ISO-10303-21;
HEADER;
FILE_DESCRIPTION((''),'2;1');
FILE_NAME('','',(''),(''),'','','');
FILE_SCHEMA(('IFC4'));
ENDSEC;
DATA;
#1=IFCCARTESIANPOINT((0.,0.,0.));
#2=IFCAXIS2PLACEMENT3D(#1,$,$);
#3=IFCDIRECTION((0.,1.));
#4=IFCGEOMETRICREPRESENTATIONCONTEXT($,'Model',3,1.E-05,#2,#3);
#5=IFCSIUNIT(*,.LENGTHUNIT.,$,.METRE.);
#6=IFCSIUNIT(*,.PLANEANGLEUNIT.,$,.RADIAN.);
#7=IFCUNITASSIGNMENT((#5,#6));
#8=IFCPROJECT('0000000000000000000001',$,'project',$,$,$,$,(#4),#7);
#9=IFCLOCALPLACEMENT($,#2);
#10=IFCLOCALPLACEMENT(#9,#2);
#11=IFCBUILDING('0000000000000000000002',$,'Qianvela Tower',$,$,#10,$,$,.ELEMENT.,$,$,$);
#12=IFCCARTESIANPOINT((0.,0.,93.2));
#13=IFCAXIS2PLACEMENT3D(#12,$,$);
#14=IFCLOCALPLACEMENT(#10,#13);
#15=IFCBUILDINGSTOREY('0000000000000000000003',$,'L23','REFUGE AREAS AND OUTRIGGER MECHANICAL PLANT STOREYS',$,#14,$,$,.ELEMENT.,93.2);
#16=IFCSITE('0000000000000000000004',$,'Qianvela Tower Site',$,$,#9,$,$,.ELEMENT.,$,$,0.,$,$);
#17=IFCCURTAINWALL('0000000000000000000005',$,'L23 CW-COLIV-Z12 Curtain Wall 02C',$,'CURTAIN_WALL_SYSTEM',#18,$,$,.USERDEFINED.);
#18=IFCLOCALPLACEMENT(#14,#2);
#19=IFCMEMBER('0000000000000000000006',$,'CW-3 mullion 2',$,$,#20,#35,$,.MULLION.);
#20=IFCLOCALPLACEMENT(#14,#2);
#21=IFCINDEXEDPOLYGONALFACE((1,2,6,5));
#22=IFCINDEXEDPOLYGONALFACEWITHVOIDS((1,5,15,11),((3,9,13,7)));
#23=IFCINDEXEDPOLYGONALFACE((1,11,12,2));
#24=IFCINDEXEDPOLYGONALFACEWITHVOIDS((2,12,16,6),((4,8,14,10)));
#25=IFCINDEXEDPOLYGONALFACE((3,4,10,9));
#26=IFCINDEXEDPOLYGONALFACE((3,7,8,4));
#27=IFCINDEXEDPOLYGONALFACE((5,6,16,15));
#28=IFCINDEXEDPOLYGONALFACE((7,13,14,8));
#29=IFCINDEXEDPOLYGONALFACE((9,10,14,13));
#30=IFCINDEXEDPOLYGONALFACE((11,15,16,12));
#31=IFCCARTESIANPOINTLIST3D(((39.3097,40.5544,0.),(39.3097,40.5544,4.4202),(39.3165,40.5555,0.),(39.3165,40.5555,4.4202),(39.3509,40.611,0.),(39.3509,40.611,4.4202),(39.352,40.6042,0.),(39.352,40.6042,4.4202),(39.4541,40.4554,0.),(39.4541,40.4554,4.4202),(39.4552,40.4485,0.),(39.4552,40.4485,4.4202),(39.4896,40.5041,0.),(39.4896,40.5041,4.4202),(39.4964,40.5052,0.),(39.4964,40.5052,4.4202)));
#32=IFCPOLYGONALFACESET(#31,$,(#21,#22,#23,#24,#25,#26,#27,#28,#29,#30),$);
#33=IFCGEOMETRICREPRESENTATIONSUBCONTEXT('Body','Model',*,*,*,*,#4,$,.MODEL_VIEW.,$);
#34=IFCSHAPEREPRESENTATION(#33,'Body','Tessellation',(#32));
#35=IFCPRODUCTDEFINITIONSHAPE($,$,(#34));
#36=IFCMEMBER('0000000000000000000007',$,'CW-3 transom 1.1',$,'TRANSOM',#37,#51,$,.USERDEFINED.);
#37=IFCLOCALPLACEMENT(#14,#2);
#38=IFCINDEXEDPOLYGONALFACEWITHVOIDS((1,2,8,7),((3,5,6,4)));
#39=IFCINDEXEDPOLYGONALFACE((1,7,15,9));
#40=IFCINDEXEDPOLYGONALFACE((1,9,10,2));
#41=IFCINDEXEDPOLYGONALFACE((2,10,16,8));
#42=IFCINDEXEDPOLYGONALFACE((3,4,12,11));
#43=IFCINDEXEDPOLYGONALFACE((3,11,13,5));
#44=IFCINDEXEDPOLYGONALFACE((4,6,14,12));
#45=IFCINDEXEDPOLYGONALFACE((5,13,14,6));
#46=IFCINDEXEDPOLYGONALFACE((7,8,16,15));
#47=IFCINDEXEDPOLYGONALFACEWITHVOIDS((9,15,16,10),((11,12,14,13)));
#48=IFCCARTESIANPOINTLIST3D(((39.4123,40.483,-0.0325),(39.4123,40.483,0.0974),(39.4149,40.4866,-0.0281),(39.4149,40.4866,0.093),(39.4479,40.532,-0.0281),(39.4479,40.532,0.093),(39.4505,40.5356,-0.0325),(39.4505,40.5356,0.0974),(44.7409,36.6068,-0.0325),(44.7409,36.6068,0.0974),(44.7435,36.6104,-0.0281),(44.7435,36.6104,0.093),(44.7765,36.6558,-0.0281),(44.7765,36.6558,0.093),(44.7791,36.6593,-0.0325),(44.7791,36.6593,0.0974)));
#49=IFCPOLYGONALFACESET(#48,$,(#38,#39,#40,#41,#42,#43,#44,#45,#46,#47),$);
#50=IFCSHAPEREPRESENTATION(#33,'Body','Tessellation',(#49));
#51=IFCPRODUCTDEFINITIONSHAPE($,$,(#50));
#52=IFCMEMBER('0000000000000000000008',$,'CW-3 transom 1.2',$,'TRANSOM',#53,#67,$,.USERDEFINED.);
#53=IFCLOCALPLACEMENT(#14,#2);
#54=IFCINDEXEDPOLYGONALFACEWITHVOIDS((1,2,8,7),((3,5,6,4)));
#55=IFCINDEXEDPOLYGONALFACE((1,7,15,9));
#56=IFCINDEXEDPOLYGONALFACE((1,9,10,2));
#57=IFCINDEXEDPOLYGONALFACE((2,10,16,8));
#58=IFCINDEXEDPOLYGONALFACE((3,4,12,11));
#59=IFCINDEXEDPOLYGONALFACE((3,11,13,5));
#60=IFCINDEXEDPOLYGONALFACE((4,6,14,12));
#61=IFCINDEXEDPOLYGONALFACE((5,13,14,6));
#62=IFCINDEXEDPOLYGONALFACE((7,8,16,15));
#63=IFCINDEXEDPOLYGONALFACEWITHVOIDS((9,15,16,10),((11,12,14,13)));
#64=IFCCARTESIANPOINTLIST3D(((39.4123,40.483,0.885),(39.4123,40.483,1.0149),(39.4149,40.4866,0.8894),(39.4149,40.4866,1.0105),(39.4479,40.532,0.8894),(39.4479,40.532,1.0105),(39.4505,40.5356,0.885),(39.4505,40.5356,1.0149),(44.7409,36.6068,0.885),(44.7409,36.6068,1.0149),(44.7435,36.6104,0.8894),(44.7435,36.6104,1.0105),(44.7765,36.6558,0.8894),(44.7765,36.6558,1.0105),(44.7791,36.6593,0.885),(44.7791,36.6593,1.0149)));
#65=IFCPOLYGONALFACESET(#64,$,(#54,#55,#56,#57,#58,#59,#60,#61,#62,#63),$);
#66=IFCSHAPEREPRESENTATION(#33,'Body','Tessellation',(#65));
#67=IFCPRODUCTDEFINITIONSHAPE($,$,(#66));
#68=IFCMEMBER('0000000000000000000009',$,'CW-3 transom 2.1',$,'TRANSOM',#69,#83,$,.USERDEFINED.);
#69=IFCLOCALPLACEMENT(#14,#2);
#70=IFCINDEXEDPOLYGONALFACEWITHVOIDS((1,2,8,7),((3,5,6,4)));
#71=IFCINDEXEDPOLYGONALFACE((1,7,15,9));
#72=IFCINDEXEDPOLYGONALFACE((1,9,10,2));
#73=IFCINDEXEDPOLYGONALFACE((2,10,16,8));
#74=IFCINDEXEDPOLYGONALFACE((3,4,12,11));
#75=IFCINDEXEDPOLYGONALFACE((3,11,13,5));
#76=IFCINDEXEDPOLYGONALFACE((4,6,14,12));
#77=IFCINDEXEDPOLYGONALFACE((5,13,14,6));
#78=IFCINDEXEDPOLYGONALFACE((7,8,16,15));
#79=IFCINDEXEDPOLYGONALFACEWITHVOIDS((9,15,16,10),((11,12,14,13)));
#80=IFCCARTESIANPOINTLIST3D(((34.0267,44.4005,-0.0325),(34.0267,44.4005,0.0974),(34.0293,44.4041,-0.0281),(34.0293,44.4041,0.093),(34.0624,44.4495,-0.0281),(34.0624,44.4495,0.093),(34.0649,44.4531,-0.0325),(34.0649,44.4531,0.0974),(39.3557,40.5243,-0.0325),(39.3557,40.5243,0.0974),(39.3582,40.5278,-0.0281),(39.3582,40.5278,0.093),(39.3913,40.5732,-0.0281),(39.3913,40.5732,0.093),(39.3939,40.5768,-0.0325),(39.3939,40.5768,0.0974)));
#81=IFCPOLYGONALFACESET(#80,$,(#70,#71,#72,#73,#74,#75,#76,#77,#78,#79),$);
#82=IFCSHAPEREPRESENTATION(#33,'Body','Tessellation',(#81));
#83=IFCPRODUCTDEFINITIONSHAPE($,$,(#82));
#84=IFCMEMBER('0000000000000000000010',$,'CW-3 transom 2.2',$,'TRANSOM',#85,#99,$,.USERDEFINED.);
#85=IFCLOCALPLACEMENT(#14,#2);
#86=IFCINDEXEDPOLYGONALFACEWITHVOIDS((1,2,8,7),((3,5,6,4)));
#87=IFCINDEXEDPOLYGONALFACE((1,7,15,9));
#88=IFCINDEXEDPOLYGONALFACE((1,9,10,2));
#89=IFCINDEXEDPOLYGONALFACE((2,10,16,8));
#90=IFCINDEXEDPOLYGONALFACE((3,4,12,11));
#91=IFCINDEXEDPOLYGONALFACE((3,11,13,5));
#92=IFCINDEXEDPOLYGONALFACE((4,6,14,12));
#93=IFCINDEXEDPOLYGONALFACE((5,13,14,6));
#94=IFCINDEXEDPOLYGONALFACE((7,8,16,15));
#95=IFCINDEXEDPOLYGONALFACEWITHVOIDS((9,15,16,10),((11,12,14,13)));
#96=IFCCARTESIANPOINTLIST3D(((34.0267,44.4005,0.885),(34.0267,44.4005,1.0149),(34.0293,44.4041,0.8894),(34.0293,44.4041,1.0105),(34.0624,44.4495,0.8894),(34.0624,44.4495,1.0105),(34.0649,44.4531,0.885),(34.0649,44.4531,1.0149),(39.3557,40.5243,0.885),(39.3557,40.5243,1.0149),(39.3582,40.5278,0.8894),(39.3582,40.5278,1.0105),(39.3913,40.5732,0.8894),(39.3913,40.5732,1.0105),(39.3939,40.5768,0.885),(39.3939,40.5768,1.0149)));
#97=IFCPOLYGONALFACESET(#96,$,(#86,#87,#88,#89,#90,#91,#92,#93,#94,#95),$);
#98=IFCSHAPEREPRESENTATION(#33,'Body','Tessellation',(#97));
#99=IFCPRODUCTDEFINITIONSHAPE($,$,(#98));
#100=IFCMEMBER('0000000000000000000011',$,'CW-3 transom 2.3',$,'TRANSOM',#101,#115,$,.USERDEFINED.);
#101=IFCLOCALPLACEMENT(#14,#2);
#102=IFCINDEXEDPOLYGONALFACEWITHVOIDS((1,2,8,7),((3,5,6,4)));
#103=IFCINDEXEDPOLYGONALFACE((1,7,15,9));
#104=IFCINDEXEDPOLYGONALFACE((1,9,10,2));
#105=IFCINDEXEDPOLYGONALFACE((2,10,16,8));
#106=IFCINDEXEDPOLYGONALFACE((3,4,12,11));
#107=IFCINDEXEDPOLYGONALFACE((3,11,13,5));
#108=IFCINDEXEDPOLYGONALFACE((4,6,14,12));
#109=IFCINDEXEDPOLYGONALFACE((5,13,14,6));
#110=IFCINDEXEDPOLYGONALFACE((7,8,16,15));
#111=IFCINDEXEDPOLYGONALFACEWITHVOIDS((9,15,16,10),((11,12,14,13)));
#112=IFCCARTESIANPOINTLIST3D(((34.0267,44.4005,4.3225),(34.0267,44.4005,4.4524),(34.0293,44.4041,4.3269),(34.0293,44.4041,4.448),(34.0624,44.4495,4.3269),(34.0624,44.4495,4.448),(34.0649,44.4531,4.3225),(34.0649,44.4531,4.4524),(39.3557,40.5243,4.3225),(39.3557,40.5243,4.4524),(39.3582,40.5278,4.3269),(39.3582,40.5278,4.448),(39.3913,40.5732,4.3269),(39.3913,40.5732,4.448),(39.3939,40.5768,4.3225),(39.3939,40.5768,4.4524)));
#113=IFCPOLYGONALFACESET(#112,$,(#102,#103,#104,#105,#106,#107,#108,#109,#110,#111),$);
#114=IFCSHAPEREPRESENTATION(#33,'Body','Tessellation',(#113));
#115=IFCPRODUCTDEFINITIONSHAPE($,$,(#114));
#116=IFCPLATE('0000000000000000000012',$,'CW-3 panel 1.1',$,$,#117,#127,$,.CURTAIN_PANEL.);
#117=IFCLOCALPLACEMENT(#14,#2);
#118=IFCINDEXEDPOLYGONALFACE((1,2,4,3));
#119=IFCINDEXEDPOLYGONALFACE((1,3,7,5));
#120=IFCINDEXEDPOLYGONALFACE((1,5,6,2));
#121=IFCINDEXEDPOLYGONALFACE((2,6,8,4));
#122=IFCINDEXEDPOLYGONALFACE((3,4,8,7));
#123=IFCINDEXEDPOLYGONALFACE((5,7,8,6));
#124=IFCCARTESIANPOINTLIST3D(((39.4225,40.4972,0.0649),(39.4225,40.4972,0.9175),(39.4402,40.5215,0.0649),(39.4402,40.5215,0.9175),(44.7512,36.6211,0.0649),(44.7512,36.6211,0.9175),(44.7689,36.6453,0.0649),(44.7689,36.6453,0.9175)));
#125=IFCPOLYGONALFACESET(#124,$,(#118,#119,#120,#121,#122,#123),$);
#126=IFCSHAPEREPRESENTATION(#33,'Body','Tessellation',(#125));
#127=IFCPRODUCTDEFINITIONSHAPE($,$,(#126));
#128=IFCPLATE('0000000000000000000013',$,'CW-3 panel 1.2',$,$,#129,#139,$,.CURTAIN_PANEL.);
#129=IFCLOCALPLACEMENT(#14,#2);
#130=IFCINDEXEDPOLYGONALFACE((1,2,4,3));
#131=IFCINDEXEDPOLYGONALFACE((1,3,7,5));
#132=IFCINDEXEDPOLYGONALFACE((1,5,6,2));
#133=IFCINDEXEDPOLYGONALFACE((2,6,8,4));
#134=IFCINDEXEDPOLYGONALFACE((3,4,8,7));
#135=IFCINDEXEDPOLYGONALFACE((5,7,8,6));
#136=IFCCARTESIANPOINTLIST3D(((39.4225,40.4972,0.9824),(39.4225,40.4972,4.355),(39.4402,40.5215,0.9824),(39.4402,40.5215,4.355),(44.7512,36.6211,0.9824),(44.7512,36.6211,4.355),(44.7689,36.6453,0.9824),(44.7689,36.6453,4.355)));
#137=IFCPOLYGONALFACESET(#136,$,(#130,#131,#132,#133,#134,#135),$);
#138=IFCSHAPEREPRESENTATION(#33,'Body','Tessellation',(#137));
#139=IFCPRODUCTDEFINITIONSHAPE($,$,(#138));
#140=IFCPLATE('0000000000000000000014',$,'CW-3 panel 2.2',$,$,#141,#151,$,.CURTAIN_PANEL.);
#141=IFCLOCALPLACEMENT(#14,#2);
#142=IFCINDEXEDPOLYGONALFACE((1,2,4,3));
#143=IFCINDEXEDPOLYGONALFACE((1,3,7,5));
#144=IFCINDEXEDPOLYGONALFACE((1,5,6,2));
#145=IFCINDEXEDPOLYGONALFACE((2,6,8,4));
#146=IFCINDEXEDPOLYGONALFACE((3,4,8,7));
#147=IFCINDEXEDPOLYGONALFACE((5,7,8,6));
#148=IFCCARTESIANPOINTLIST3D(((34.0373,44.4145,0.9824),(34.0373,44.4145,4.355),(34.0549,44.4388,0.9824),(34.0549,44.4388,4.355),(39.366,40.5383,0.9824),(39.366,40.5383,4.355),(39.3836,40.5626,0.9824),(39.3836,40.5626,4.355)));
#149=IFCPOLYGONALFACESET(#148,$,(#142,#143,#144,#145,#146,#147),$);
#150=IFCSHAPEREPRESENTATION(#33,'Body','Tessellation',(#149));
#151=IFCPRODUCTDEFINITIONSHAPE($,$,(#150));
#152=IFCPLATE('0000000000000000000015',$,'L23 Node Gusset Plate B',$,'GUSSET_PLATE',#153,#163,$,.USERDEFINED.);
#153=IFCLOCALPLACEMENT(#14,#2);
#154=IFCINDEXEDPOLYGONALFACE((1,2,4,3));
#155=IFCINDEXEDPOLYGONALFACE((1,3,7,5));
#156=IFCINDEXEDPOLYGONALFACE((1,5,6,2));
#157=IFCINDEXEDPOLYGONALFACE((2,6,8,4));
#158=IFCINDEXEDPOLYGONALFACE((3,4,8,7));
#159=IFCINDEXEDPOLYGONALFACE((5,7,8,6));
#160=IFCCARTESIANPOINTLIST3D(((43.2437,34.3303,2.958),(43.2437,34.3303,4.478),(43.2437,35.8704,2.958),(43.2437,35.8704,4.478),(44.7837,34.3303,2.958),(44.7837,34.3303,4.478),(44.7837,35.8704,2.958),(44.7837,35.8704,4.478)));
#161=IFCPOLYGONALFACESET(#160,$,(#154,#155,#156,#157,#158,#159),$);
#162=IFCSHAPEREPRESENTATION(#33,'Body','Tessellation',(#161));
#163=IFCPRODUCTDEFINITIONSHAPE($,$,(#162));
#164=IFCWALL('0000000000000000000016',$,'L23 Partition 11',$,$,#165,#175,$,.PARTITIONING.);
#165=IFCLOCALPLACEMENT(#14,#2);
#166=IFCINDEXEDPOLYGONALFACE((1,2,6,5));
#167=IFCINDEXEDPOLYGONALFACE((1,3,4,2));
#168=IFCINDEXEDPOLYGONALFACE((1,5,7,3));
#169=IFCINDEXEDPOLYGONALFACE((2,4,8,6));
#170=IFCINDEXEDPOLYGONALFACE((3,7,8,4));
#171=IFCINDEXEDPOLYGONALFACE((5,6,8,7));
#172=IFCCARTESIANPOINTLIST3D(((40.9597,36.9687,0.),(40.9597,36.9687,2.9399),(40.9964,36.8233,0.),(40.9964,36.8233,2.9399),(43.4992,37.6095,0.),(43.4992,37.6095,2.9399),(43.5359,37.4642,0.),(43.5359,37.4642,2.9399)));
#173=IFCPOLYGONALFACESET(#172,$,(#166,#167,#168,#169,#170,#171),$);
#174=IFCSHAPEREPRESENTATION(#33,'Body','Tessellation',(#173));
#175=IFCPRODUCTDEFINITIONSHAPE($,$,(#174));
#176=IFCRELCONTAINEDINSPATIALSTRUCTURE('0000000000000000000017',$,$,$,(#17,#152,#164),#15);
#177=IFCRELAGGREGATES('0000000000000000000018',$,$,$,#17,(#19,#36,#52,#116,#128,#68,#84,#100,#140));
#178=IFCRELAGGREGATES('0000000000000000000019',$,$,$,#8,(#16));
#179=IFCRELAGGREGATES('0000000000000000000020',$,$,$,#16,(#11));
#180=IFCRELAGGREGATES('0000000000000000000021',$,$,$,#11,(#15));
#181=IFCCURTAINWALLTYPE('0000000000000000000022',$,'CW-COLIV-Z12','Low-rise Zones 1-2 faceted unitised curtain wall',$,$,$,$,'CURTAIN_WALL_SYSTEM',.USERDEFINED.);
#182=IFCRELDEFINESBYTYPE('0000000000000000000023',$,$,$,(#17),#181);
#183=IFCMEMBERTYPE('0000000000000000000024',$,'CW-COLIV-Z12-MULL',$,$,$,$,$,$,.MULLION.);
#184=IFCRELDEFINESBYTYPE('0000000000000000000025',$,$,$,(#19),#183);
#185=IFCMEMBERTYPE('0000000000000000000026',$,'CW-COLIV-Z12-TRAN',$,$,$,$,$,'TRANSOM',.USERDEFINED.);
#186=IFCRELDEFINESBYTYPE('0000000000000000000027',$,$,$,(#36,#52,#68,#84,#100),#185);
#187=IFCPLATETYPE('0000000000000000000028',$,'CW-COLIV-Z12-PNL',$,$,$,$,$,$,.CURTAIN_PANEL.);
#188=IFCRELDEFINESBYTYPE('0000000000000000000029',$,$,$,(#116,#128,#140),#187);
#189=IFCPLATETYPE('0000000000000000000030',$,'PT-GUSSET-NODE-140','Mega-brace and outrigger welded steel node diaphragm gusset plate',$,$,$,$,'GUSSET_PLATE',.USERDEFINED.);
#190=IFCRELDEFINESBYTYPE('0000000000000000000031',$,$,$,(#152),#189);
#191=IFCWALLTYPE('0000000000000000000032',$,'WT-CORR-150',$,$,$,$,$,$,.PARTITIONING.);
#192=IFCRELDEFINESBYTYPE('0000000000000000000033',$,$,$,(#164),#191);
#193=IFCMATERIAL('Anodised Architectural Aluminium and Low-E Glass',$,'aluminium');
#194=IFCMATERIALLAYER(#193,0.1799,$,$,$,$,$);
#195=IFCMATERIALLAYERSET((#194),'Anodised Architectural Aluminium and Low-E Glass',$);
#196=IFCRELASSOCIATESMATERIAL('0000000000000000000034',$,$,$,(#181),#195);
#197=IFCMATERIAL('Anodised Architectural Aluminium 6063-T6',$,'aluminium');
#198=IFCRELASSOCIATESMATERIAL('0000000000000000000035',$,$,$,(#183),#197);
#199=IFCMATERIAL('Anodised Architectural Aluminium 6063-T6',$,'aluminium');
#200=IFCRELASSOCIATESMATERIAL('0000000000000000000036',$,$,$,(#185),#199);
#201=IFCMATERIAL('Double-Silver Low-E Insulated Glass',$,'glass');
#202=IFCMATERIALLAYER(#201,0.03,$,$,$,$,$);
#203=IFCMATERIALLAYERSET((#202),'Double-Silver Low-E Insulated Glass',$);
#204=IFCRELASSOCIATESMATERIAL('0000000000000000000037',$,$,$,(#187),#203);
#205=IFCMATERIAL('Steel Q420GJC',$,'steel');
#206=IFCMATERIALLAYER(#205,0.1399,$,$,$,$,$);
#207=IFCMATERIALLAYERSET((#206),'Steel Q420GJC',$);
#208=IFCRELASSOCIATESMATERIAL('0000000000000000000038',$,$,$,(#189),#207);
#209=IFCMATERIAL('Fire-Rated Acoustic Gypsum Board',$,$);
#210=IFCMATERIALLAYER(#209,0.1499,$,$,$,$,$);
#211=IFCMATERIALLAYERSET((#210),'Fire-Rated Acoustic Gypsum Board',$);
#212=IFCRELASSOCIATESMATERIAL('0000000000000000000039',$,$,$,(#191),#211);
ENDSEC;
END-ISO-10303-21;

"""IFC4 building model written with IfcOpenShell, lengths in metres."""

from ifc_helpers import new_model, si_unit, direction, frame, frame_2d, origin, origin_2d, place, context, subcontext, project, spatial, rectangle, hollow_rectangle, extrude, material, layer, layer_set, material_profile, profile_set, type_object, element, aggregate, save


model = new_model("IFC4")

# Units and contexts
model_context = context("Model", 3, precision=1e-05, world=origin(), true_north=direction((0.0, 1.0)))
body_context = subcontext(model_context, "Body", "Model", "MODEL_VIEW")
ifc_project = project(units=[si_unit("LENGTHUNIT", "METRE"), si_unit("PLANEANGLEUNIT", "RADIAN")], contexts=[model_context])

# Site, building, storey
site_placement = place(None, origin())
site = spatial("IfcSite", under=ifc_project, at=site_placement, Name="Qianvela Tower Site", CompositionType="ELEMENT", RefElevation=0.0)
building_placement = place(site_placement, origin())
building = spatial("IfcBuilding", under=site, at=building_placement, Name="Qianvela Tower", CompositionType="ELEMENT")
storey_placement = place(building_placement, frame((0.0, 0.0, 93.2)))
storey = spatial("IfcBuildingStorey", under=building, at=storey_placement, Name="L23", Description="REFUGE AREAS AND OUTRIGGER MECHANICAL PLANT STOREYS", CompositionType="ELEMENT", Elevation=93.2)

# Curtain wall, members, plates
ifc_material_1 = material(Name="Anodised Architectural Aluminium and Low-E Glass", Category="aluminium")
ifc_layer_1 = layer(ifc_material_1, 0.1799)
ifc_layer_set_1 = layer_set([ifc_layer_1], Name="Anodised Architectural Aluminium and Low-E Glass")
curtain_wall_type = type_object("IfcCurtainWallType", Name="CW-COLIV-Z12", Description="Low-rise Zones 1-2 faceted unitised curtain wall", ElementType="CURTAIN_WALL_SYSTEM", PredefinedType="USERDEFINED", material=ifc_layer_set_1)
curtain_wall_placement = place(storey_placement, origin())
curtain_wall = element("IfcCurtainWall", 1, at=curtain_wall_placement, inside=storey, type_object=curtain_wall_type, Name="L23 CW-COLIV-Z12 Curtain Wall 02C", ObjectType="CURTAIN_WALL_SYSTEM", PredefinedType="USERDEFINED")
ifc_material_2 = material(Name="Anodised Architectural Aluminium 6063-T6", Category="aluminium")
ifc_material_profile_1 = material_profile(ifc_material_2, hollow_rectangle(XDim=0.0701, YDim=0.1799, WallThickness=0.0049, at=origin_2d()), Name="ALU-MULL-70x180")
ifc_profile_set_1 = profile_set([ifc_material_profile_1], Name="Anodised Architectural Aluminium 6063-T6")
member_type_1 = type_object("IfcMemberType", Name="CW-COLIV-Z12-MULL", PredefinedType="MULLION", material=ifc_profile_set_1)
member_1_placement = place(storey_placement, frame((39.4031, 40.5298, 0.0), z_axis=(0.0, 0.0, 1.0), x_axis=(-0.58825, -0.808679, 0.0)))
member_1 = element("IfcMember", 2, at=member_1_placement, type_object=member_type_1, Name="CW-3 mullion 2", PredefinedType="MULLION", context=body_context, shape_type="SweptSolid", body=[
    extrude(hollow_rectangle(XDim=0.0701, YDim=0.1799, WallThickness=0.0049, at=origin_2d()), origin(), (0.0, 0.0, 1.0), 4.4202),
])
ifc_material_3 = material(Name="Anodised Architectural Aluminium 6063-T6", Category="aluminium")
ifc_material_profile_2 = material_profile(ifc_material_3, hollow_rectangle(XDim=0.0649, YDim=0.1299, WallThickness=0.0044, at=origin_2d()), Name="ALU-TRAN-65x130")
ifc_profile_set_2 = profile_set([ifc_material_profile_2], Name="Anodised Architectural Aluminium 6063-T6")
member_type_2 = type_object("IfcMemberType", Name="CW-COLIV-Z12-TRAN", ElementType="TRANSOM", PredefinedType="USERDEFINED", material=ifc_profile_set_2)
member_2_placement = place(storey_placement, frame((44.76, 36.6331, 0.0325), z_axis=(-0.808674, 0.588258, 0.0), x_axis=(-0.588258, -0.808674, 0.0)))
member_2 = element("IfcMember", 3, at=member_2_placement, type_object=member_type_2, Name="CW-3 transom 1.1", ObjectType="TRANSOM", PredefinedType="USERDEFINED", context=body_context, shape_type="SweptSolid", body=[
    extrude(hollow_rectangle(XDim=0.0649, YDim=0.1299, WallThickness=0.0044, at=origin_2d()), origin(), (0.0, 0.0, 1.0), 6.5894),
])
member_3_placement = place(storey_placement, frame((44.76, 36.6331, 0.95), z_axis=(-0.808674, 0.588258, 0.0), x_axis=(-0.588258, -0.808674, 0.0)))
member_3 = element("IfcMember", 4, at=member_3_placement, type_object=member_type_2, Name="CW-3 transom 1.2", ObjectType="TRANSOM", PredefinedType="USERDEFINED", context=body_context, shape_type="SweptSolid", body=[
    extrude(hollow_rectangle(XDim=0.0649, YDim=0.1299, WallThickness=0.0044, at=origin_2d()), origin(), (0.0, 0.0, 1.0), 6.5894),
])
member_4_placement = place(storey_placement, frame((39.3748, 40.5505, 0.0325), z_axis=(-0.808686, 0.58824, 0.0), x_axis=(-0.58824, -0.808686, 0.0)))
member_4 = element("IfcMember", 5, at=member_4_placement, type_object=member_type_2, Name="CW-3 transom 2.1", ObjectType="TRANSOM", PredefinedType="USERDEFINED", context=body_context, shape_type="SweptSolid", body=[
    extrude(hollow_rectangle(XDim=0.0649, YDim=0.1299, WallThickness=0.0044, at=origin_2d()), origin(), (0.0, 0.0, 1.0), 6.5896),
])
member_5_placement = place(storey_placement, frame((39.3748, 40.5505, 0.95), z_axis=(-0.808686, 0.58824, 0.0), x_axis=(-0.58824, -0.808686, 0.0)))
member_5 = element("IfcMember", 6, at=member_5_placement, type_object=member_type_2, Name="CW-3 transom 2.2", ObjectType="TRANSOM", PredefinedType="USERDEFINED", context=body_context, shape_type="SweptSolid", body=[
    extrude(hollow_rectangle(XDim=0.0649, YDim=0.1299, WallThickness=0.0044, at=origin_2d()), origin(), (0.0, 0.0, 1.0), 6.5896),
])
member_6_placement = place(storey_placement, frame((39.3748, 40.5505, 4.3875), z_axis=(-0.808686, 0.58824, 0.0), x_axis=(-0.58824, -0.808686, 0.0)))
member_6 = element("IfcMember", 7, at=member_6_placement, type_object=member_type_2, Name="CW-3 transom 2.3", ObjectType="TRANSOM", PredefinedType="USERDEFINED", context=body_context, shape_type="SweptSolid", body=[
    extrude(hollow_rectangle(XDim=0.0649, YDim=0.1299, WallThickness=0.0044, at=origin_2d()), origin(), (0.0, 0.0, 1.0), 6.5896),
])
ifc_material_4 = material(Name="Double-Silver Low-E Insulated Glass", Category="glass")
ifc_layer_2 = layer(ifc_material_4, 0.03)
ifc_layer_set_2 = layer_set([ifc_layer_2], Name="Double-Silver Low-E Insulated Glass")
plate_type_1 = type_object("IfcPlateType", Name="CW-COLIV-Z12-PNL", PredefinedType="CURTAIN_PANEL", material=ifc_layer_set_2)
plate_1_placement = place(storey_placement, frame((42.0957, 38.5713, 0.0649), z_axis=(0.0, 0.0, 1.0), x_axis=(-0.808679, 0.58825, 0.0)))
plate_1 = element("IfcPlate", 8, at=plate_1_placement, type_object=plate_type_1, Name="CW-3 panel 1.1", PredefinedType="CURTAIN_PANEL", context=body_context, shape_type="SweptSolid", body=[
    extrude(rectangle(XDim=6.5894, YDim=0.03, at=origin_2d()), origin(), (0.0, 0.0, 1.0), 0.8525),
])
plate_2_placement = place(storey_placement, frame((42.0957, 38.5713, 0.9824), z_axis=(0.0, 0.0, 1.0), x_axis=(-0.808679, 0.58825, 0.0)))
plate_2 = element("IfcPlate", 9, at=plate_2_placement, type_object=plate_type_1, Name="CW-3 panel 1.2", PredefinedType="CURTAIN_PANEL", context=body_context, shape_type="SweptSolid", body=[
    extrude(rectangle(XDim=6.5894, YDim=0.03, at=origin_2d()), origin(), (0.0, 0.0, 1.0), 3.3726),
])
plate_3_placement = place(storey_placement, frame((36.7104, 42.4885, 0.9824), z_axis=(0.0, 0.0, 1.0), x_axis=(-0.808679, 0.58825, 0.0)))
plate_3 = element("IfcPlate", 10, at=plate_3_placement, type_object=plate_type_1, Name="CW-3 panel 2.2", PredefinedType="CURTAIN_PANEL", context=body_context, shape_type="SweptSolid", body=[
    extrude(rectangle(XDim=6.5894, YDim=0.03, at=origin_2d()), origin(), (0.0, 0.0, 1.0), 3.3726),
])
aggregate(curtain_wall, [member_1, member_2, member_3, plate_1, plate_2, member_4, member_5, member_6, plate_3])

# Plate
ifc_material_5 = material(Name="Steel Q420GJC", Category="steel")
ifc_layer_3 = layer(ifc_material_5, 0.1399)
ifc_layer_set_3 = layer_set([ifc_layer_3], Name="Steel Q420GJC")
plate_type_2 = type_object("IfcPlateType", Name="PT-GUSSET-NODE-140", Description="Mega-brace and outrigger welded steel node diaphragm gusset plate", ElementType="GUSSET_PLATE", PredefinedType="USERDEFINED", material=ifc_layer_set_3)
plate_4_placement = place(storey_placement, frame((44.0137, 35.1003, 2.958), z_axis=(0.0, 0.0, 1.0), x_axis=(1.0, 0.0, 0.0)))
element("IfcPlate", 11, at=plate_4_placement, inside=storey, type_object=plate_type_2, Name="L23 Node Gusset Plate B", ObjectType="GUSSET_PLATE", PredefinedType="USERDEFINED", context=body_context, shape_type="SweptSolid", body=[
    extrude(rectangle(XDim=1.54, YDim=1.54, at=origin_2d()), origin(), (0.0, 0.0, 1.0), 1.52),
])

# Wall
ifc_material_6 = material(Name="Fire-Rated Acoustic Gypsum Board")
ifc_layer_4 = layer(ifc_material_6, 0.1499)
ifc_layer_set_4 = layer_set([ifc_layer_4], Name="Fire-Rated Acoustic Gypsum Board")
wall_type_1 = type_object("IfcWallType", Name="WT-CORR-150", PredefinedType="PARTITIONING", material=ifc_layer_set_4)
wall_1_placement = place(storey_placement, frame((40.978, 36.896, 0.0), z_axis=(0.0, 0.0, 1.0), x_axis=(0.969603, 0.244684, 0.0)))
element("IfcWall", 12, at=wall_1_placement, inside=storey, type_object=wall_type_1, Name="L23 Partition 11", PredefinedType="PARTITIONING", context=body_context, shape_type="SweptSolid", body=[
    extrude(rectangle(XDim=2.6191, YDim=0.1499, at=frame_2d((1.3096, 0.0))), origin(), (0.0, 0.0, 1.0), 2.9399),
])

save(model, "model.ifc")
